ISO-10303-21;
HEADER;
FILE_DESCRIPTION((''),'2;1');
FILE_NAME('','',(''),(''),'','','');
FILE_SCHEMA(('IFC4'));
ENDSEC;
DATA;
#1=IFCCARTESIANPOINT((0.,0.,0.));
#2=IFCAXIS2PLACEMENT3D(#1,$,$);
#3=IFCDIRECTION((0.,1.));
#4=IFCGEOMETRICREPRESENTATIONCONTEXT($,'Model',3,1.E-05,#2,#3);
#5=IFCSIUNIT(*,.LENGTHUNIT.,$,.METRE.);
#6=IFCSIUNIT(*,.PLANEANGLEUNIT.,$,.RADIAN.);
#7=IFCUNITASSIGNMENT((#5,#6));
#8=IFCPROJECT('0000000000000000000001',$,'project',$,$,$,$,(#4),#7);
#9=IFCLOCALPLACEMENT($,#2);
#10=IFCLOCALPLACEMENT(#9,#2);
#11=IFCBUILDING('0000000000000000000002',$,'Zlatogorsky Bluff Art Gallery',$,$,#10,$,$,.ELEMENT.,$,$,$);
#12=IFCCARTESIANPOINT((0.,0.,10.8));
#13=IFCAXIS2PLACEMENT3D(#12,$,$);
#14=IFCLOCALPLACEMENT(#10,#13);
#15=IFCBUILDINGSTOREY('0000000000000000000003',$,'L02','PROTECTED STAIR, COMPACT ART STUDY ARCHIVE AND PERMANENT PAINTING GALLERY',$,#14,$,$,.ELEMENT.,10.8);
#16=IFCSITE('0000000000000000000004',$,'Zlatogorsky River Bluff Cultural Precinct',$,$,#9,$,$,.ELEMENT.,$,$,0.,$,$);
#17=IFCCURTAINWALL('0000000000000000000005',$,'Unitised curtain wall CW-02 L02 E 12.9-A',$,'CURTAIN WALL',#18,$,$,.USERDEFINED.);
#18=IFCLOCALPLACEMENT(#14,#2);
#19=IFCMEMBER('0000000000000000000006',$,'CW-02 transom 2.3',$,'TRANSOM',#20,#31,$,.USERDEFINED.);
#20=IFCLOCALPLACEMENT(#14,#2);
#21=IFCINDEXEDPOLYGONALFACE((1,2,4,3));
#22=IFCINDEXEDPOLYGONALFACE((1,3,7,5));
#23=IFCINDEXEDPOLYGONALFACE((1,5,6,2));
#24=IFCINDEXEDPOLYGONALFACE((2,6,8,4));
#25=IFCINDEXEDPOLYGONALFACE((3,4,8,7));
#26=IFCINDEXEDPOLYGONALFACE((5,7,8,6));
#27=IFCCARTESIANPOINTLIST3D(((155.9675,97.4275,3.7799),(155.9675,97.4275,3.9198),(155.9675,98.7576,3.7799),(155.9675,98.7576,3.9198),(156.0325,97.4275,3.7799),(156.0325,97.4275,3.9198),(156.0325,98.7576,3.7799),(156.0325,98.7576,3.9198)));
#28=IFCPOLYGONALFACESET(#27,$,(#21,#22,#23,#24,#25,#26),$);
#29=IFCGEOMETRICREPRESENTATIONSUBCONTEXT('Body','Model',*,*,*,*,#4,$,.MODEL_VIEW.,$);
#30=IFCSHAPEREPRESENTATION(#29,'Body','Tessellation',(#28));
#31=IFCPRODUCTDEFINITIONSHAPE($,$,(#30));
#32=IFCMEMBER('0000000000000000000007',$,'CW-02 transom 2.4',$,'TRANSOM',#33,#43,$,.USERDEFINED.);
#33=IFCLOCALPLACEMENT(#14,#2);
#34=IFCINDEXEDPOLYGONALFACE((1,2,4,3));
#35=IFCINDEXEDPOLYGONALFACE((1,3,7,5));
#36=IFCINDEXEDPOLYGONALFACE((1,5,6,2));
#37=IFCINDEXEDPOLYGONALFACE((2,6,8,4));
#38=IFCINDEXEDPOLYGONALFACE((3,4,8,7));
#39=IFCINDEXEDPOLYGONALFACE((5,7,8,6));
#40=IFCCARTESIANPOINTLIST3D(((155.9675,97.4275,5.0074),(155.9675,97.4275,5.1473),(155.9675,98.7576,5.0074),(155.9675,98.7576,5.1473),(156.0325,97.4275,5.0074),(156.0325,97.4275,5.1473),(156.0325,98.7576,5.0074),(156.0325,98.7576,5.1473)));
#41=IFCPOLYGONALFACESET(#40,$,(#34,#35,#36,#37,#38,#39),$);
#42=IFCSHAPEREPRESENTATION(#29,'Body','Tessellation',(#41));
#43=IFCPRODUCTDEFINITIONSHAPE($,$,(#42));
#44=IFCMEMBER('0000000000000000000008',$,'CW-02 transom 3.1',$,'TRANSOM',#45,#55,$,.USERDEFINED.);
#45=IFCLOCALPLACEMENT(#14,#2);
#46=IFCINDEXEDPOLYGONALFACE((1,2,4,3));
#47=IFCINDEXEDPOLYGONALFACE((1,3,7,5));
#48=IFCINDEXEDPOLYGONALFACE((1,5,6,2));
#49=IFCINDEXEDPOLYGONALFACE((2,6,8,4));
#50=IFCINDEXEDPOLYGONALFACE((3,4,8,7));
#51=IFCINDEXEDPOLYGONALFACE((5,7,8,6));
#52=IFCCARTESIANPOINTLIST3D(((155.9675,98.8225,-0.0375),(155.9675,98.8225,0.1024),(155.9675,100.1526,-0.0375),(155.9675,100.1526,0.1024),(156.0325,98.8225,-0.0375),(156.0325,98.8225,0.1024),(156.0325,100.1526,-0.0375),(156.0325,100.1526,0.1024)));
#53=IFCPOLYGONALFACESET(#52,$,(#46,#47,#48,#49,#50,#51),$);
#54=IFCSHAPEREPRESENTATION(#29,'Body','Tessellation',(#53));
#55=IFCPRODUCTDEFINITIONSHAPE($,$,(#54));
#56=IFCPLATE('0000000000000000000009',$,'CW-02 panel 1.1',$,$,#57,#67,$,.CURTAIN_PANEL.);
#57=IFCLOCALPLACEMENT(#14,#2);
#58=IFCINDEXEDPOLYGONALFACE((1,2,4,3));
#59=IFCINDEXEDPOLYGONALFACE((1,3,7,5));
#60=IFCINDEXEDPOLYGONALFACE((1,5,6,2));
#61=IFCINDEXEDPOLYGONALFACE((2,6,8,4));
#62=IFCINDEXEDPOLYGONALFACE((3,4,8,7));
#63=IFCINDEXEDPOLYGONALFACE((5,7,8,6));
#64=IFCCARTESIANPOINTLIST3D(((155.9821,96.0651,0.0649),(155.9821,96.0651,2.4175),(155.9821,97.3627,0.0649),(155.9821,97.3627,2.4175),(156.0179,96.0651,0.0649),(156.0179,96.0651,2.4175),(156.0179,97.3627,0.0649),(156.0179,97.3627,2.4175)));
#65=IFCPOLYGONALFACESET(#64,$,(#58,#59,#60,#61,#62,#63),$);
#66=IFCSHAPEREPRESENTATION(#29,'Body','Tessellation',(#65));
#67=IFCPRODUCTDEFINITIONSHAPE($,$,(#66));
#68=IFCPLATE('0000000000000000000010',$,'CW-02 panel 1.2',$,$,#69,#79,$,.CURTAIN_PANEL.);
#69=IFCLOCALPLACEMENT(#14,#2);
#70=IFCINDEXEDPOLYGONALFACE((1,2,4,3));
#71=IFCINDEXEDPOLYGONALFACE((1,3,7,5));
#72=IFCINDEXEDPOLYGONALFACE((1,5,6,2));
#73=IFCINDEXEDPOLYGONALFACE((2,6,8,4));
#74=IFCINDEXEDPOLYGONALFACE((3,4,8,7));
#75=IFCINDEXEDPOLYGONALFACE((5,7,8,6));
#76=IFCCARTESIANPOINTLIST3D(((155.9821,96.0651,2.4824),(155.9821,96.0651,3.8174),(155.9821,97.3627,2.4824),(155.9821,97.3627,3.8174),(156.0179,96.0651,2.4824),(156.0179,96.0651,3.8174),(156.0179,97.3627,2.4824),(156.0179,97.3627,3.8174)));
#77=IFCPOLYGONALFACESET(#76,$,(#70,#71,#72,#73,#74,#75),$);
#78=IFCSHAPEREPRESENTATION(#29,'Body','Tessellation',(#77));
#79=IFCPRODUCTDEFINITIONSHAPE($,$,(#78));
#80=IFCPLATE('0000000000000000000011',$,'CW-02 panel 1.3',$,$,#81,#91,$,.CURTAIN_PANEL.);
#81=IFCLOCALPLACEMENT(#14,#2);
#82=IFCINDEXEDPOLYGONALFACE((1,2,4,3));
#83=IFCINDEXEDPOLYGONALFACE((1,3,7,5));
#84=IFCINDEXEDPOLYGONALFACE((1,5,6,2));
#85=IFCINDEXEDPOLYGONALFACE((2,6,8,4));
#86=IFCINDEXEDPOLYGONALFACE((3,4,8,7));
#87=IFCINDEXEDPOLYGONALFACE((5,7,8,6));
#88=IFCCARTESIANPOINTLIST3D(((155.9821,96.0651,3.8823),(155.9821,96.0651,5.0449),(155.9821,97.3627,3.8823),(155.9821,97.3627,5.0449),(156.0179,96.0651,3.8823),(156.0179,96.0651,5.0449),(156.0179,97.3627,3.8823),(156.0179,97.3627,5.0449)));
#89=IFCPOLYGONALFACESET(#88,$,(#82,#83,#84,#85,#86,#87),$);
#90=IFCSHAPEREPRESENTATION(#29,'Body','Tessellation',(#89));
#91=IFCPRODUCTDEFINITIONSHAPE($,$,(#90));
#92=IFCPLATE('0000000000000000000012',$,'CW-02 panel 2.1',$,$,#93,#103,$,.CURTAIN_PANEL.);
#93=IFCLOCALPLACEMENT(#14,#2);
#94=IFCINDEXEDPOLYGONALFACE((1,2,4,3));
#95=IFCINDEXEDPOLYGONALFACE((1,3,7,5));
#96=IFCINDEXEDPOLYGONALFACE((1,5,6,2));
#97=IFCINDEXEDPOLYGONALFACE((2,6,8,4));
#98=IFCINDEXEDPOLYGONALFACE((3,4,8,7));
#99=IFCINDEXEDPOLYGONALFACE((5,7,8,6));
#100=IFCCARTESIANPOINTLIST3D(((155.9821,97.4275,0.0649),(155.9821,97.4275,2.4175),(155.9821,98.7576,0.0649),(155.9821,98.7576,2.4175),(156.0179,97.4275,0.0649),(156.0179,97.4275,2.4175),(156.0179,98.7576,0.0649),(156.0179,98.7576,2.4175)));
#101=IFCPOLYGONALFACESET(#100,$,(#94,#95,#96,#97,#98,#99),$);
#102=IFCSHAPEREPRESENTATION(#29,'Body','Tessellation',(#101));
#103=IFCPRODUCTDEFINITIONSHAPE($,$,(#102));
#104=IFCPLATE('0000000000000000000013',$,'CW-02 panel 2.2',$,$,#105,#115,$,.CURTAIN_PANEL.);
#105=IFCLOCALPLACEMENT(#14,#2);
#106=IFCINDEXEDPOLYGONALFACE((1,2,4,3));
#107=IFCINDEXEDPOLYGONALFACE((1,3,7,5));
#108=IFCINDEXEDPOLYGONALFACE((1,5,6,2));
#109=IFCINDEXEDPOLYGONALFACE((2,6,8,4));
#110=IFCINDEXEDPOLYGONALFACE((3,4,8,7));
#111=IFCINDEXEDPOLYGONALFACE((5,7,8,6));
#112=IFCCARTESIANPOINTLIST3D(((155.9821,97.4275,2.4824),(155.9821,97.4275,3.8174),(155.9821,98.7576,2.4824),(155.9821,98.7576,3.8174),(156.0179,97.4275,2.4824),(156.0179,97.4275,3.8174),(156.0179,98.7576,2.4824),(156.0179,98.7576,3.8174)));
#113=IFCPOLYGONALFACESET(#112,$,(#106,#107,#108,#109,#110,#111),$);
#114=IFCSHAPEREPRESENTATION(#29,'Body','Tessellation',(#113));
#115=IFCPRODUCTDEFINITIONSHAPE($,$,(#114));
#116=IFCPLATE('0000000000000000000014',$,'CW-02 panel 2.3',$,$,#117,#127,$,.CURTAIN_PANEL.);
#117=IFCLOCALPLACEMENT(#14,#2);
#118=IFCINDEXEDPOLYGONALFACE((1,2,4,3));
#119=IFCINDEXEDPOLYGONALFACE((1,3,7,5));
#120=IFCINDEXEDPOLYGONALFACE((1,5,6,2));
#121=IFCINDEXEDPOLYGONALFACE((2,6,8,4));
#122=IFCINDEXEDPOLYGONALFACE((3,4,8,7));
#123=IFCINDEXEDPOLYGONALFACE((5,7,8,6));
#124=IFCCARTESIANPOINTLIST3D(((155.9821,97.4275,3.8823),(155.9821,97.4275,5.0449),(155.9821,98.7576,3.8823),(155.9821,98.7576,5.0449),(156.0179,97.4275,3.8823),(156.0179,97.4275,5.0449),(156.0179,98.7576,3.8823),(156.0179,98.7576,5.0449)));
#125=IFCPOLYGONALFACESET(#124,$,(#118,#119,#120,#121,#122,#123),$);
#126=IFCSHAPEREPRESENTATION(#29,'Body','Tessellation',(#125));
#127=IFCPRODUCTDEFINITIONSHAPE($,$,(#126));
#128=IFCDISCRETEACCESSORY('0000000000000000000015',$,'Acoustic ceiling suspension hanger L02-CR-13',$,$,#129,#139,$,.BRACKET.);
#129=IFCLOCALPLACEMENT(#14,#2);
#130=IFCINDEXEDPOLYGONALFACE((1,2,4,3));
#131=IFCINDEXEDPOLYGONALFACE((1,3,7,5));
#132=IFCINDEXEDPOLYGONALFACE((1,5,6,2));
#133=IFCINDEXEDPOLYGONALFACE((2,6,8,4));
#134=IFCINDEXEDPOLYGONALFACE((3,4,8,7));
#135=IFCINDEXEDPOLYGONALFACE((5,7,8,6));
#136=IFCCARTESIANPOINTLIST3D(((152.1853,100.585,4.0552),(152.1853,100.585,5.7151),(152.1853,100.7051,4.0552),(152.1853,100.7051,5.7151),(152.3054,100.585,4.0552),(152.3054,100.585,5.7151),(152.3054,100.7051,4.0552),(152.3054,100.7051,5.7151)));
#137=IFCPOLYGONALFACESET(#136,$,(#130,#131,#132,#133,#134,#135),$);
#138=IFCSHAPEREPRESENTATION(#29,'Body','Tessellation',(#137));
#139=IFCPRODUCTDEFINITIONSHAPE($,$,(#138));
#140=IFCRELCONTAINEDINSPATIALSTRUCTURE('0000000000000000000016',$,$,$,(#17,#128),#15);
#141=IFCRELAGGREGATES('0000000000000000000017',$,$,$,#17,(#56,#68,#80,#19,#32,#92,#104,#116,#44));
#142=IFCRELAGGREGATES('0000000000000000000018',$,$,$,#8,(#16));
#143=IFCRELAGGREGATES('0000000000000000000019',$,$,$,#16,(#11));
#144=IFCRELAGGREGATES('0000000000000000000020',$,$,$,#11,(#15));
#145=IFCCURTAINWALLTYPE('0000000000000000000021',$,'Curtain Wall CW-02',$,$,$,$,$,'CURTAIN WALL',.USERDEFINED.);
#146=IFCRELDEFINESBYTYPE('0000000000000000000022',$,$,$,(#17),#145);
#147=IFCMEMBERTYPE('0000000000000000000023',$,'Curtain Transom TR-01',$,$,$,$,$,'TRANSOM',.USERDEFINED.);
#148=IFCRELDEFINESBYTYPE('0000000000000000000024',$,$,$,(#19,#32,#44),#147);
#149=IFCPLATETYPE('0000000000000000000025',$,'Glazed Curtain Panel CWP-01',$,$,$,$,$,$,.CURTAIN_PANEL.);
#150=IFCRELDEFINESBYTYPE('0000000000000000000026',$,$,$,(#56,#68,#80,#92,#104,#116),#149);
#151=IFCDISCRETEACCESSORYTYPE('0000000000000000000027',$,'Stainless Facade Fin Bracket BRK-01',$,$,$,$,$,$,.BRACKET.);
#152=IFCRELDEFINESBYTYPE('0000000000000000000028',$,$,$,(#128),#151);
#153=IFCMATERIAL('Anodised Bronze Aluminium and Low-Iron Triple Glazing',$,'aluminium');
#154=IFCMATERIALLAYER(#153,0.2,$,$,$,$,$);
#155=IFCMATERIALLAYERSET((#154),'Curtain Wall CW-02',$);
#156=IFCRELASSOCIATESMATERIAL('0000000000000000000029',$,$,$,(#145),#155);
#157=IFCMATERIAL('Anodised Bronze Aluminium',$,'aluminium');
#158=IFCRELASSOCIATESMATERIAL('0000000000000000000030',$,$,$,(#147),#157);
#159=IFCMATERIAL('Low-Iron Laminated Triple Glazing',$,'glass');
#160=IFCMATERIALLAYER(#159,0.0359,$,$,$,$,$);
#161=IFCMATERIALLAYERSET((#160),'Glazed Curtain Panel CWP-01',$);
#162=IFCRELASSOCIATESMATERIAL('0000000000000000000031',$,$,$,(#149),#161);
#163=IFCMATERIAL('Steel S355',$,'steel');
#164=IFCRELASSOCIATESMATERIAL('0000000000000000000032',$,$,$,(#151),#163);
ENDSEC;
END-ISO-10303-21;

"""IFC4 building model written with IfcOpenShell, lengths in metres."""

from ifc_helpers import new_model, si_unit, direction, frame, origin, origin_2d, place, context, subcontext, project, spatial, rectangle, extrude, material, layer, layer_set, material_profile, profile_set, type_object, element, aggregate, save


model = new_model("IFC4")

# Units and contexts
model_context = context("Model", 3, precision=1e-05, world=origin(), true_north=direction((0.0, 1.0)))
body_context = subcontext(model_context, "Body", "Model", "MODEL_VIEW")
ifc_project = project(units=[si_unit("LENGTHUNIT", "METRE"), si_unit("PLANEANGLEUNIT", "RADIAN")], contexts=[model_context])

# Site, building, storey
site_placement = place(None, origin())
site = spatial("IfcSite", under=ifc_project, at=site_placement, Name="Zlatogorsky River Bluff Cultural Precinct", CompositionType="ELEMENT", RefElevation=0.0)
building_placement = place(site_placement, origin())
building = spatial("IfcBuilding", under=site, at=building_placement, Name="Zlatogorsky Bluff Art Gallery", CompositionType="ELEMENT")
storey_placement = place(building_placement, frame((0.0, 0.0, 10.8)))
storey = spatial("IfcBuildingStorey", under=building, at=storey_placement, Name="L02", Description="PROTECTED STAIR, COMPACT ART STUDY ARCHIVE AND PERMANENT PAINTING GALLERY", CompositionType="ELEMENT", Elevation=10.8)

# Shared definitions
ifc_material_1 = material(Name="Steel S355", Category="steel")

# Curtain wall, members, plates
ifc_material_2 = material(Name="Anodised Bronze Aluminium and Low-Iron Triple Glazing", Category="aluminium")
ifc_layer_1 = layer(ifc_material_2, 0.2)
ifc_layer_set_1 = layer_set([ifc_layer_1], Name="Curtain Wall CW-02")
curtain_wall_type = type_object("IfcCurtainWallType", Name="Curtain Wall CW-02", ElementType="CURTAIN WALL", PredefinedType="USERDEFINED", material=ifc_layer_set_1)
curtain_wall_placement = place(storey_placement, origin())
curtain_wall = element("IfcCurtainWall", 1, at=curtain_wall_placement, inside=storey, type_object=curtain_wall_type, Name="Unitised curtain wall CW-02 L02 E 12.9-A", ObjectType="CURTAIN WALL", PredefinedType="USERDEFINED")
ifc_material_3 = material(Name="Anodised Bronze Aluminium", Category="aluminium")
ifc_material_profile_1 = material_profile(ifc_material_3, rectangle(XDim=0.0649, YDim=0.1399, at=origin_2d()), Name="ALU TRANSOM 65x140")
ifc_profile_set_1 = profile_set([ifc_material_profile_1], Name="Anodised Bronze Aluminium")
member_type_1 = type_object("IfcMemberType", Name="Curtain Transom TR-01", ElementType="TRANSOM", PredefinedType="USERDEFINED", material=ifc_profile_set_1)
member_1_placement = place(storey_placement, frame((156.0, 97.4275, 3.8499), z_axis=(0.0, 1.0, 0.0), x_axis=(-1.0, 0.0, 0.0)))
member_1 = element("IfcMember", 2, at=member_1_placement, type_object=member_type_1, Name="CW-02 transom 2.3", ObjectType="TRANSOM", PredefinedType="USERDEFINED", context=body_context, shape_type="SweptSolid", body=[
    extrude(rectangle(XDim=0.0649, YDim=0.1399, at=origin_2d()), origin(), (0.0, 0.0, 1.0), 1.3301),
])
member_2_placement = place(storey_placement, frame((156.0, 97.4275, 5.0774), z_axis=(0.0, 1.0, 0.0), x_axis=(-1.0, 0.0, 0.0)))
member_2 = element("IfcMember", 3, at=member_2_placement, type_object=member_type_1, Name="CW-02 transom 2.4", ObjectType="TRANSOM", PredefinedType="USERDEFINED", context=body_context, shape_type="SweptSolid", body=[
    extrude(rectangle(XDim=0.0649, YDim=0.1399, at=origin_2d()), origin(), (0.0, 0.0, 1.0), 1.3301),
])
member_3_placement = place(storey_placement, frame((156.0, 98.8225, 0.0325), z_axis=(0.0, 1.0, 0.0), x_axis=(-1.0, 0.0, 0.0)))
member_3 = element("IfcMember", 4, at=member_3_placement, type_object=member_type_1, Name="CW-02 transom 3.1", ObjectType="TRANSOM", PredefinedType="USERDEFINED", context=body_context, shape_type="SweptSolid", body=[
    extrude(rectangle(XDim=0.0649, YDim=0.1399, at=origin_2d()), origin(), (0.0, 0.0, 1.0), 1.3301),
])
ifc_material_4 = material(Name="Low-Iron Laminated Triple Glazing", Category="glass")
ifc_layer_2 = layer(ifc_material_4, 0.0359)
ifc_layer_set_2 = layer_set([ifc_layer_2], Name="Glazed Curtain Panel CWP-01")
plate_type = type_object("IfcPlateType", Name="Glazed Curtain Panel CWP-01", PredefinedType="CURTAIN_PANEL", material=ifc_layer_set_2)
plate_1_placement = place(storey_placement, frame((156.0, 96.7139, 0.0649), z_axis=(0.0, 0.0, 1.0), x_axis=(0.0, 1.0, 0.0)))
plate_1 = element("IfcPlate", 5, at=plate_1_placement, type_object=plate_type, Name="CW-02 panel 1.1", PredefinedType="CURTAIN_PANEL", context=body_context, shape_type="SweptSolid", body=[
    extrude(rectangle(XDim=1.2976, YDim=0.0359, at=origin_2d()), origin(), (0.0, 0.0, 1.0), 2.3525),
])
plate_2_placement = place(storey_placement, frame((156.0, 96.7139, 2.4824), z_axis=(0.0, 0.0, 1.0), x_axis=(0.0, 1.0, 0.0)))
plate_2 = element("IfcPlate", 6, at=plate_2_placement, type_object=plate_type, Name="CW-02 panel 1.2", PredefinedType="CURTAIN_PANEL", context=body_context, shape_type="SweptSolid", body=[
    extrude(rectangle(XDim=1.2976, YDim=0.0359, at=origin_2d()), origin(), (0.0, 0.0, 1.0), 1.335),
])
plate_3_placement = place(storey_placement, frame((156.0, 96.7139, 3.8823), z_axis=(0.0, 0.0, 1.0), x_axis=(0.0, 1.0, 0.0)))
plate_3 = element("IfcPlate", 7, at=plate_3_placement, type_object=plate_type, Name="CW-02 panel 1.3", PredefinedType="CURTAIN_PANEL", context=body_context, shape_type="SweptSolid", body=[
    extrude(rectangle(XDim=1.2976, YDim=0.0359, at=origin_2d()), origin(), (0.0, 0.0, 1.0), 1.1626),
])
plate_4_placement = place(storey_placement, frame((156.0, 98.0925, 0.0649), z_axis=(0.0, 0.0, 1.0), x_axis=(0.0, 1.0, 0.0)))
plate_4 = element("IfcPlate", 8, at=plate_4_placement, type_object=plate_type, Name="CW-02 panel 2.1", PredefinedType="CURTAIN_PANEL", context=body_context, shape_type="SweptSolid", body=[
    extrude(rectangle(XDim=1.3301, YDim=0.0359, at=origin_2d()), origin(), (0.0, 0.0, 1.0), 2.3525),
])
plate_5_placement = place(storey_placement, frame((156.0, 98.0925, 2.4824), z_axis=(0.0, 0.0, 1.0), x_axis=(0.0, 1.0, 0.0)))
plate_5 = element("IfcPlate", 9, at=plate_5_placement, type_object=plate_type, Name="CW-02 panel 2.2", PredefinedType="CURTAIN_PANEL", context=body_context, shape_type="SweptSolid", body=[
    extrude(rectangle(XDim=1.3301, YDim=0.0359, at=origin_2d()), origin(), (0.0, 0.0, 1.0), 1.335),
])
plate_6_placement = place(storey_placement, frame((156.0, 98.0925, 3.8823), z_axis=(0.0, 0.0, 1.0), x_axis=(0.0, 1.0, 0.0)))
plate_6 = element("IfcPlate", 10, at=plate_6_placement, type_object=plate_type, Name="CW-02 panel 2.3", PredefinedType="CURTAIN_PANEL", context=body_context, shape_type="SweptSolid", body=[
    extrude(rectangle(XDim=1.3301, YDim=0.0359, at=origin_2d()), origin(), (0.0, 0.0, 1.0), 1.1626),
])
aggregate(curtain_wall, [plate_1, plate_2, plate_3, member_1, member_2, plate_4, plate_5, plate_6, member_3])

# Discrete accessory
discrete_accessory_type = type_object("IfcDiscreteAccessoryType", Name="Stainless Facade Fin Bracket BRK-01", PredefinedType="BRACKET", material=ifc_material_1)
discrete_accessory_placement = place(storey_placement, frame((152.2454, 100.645, 4.0552), z_axis=(0.0, 0.0, 1.0), x_axis=(1.0, 0.0, 0.0)))
element("IfcDiscreteAccessory", 11, at=discrete_accessory_placement, inside=storey, type_object=discrete_accessory_type, Name="Acoustic ceiling suspension hanger L02-CR-13", PredefinedType="BRACKET", context=body_context, shape_type="SweptSolid", body=[
    extrude(rectangle(XDim=0.1201, YDim=0.1201, at=origin_2d()), origin(), (0.0, 0.0, 1.0), 1.6599),
])

save(model, "model.ifc")
